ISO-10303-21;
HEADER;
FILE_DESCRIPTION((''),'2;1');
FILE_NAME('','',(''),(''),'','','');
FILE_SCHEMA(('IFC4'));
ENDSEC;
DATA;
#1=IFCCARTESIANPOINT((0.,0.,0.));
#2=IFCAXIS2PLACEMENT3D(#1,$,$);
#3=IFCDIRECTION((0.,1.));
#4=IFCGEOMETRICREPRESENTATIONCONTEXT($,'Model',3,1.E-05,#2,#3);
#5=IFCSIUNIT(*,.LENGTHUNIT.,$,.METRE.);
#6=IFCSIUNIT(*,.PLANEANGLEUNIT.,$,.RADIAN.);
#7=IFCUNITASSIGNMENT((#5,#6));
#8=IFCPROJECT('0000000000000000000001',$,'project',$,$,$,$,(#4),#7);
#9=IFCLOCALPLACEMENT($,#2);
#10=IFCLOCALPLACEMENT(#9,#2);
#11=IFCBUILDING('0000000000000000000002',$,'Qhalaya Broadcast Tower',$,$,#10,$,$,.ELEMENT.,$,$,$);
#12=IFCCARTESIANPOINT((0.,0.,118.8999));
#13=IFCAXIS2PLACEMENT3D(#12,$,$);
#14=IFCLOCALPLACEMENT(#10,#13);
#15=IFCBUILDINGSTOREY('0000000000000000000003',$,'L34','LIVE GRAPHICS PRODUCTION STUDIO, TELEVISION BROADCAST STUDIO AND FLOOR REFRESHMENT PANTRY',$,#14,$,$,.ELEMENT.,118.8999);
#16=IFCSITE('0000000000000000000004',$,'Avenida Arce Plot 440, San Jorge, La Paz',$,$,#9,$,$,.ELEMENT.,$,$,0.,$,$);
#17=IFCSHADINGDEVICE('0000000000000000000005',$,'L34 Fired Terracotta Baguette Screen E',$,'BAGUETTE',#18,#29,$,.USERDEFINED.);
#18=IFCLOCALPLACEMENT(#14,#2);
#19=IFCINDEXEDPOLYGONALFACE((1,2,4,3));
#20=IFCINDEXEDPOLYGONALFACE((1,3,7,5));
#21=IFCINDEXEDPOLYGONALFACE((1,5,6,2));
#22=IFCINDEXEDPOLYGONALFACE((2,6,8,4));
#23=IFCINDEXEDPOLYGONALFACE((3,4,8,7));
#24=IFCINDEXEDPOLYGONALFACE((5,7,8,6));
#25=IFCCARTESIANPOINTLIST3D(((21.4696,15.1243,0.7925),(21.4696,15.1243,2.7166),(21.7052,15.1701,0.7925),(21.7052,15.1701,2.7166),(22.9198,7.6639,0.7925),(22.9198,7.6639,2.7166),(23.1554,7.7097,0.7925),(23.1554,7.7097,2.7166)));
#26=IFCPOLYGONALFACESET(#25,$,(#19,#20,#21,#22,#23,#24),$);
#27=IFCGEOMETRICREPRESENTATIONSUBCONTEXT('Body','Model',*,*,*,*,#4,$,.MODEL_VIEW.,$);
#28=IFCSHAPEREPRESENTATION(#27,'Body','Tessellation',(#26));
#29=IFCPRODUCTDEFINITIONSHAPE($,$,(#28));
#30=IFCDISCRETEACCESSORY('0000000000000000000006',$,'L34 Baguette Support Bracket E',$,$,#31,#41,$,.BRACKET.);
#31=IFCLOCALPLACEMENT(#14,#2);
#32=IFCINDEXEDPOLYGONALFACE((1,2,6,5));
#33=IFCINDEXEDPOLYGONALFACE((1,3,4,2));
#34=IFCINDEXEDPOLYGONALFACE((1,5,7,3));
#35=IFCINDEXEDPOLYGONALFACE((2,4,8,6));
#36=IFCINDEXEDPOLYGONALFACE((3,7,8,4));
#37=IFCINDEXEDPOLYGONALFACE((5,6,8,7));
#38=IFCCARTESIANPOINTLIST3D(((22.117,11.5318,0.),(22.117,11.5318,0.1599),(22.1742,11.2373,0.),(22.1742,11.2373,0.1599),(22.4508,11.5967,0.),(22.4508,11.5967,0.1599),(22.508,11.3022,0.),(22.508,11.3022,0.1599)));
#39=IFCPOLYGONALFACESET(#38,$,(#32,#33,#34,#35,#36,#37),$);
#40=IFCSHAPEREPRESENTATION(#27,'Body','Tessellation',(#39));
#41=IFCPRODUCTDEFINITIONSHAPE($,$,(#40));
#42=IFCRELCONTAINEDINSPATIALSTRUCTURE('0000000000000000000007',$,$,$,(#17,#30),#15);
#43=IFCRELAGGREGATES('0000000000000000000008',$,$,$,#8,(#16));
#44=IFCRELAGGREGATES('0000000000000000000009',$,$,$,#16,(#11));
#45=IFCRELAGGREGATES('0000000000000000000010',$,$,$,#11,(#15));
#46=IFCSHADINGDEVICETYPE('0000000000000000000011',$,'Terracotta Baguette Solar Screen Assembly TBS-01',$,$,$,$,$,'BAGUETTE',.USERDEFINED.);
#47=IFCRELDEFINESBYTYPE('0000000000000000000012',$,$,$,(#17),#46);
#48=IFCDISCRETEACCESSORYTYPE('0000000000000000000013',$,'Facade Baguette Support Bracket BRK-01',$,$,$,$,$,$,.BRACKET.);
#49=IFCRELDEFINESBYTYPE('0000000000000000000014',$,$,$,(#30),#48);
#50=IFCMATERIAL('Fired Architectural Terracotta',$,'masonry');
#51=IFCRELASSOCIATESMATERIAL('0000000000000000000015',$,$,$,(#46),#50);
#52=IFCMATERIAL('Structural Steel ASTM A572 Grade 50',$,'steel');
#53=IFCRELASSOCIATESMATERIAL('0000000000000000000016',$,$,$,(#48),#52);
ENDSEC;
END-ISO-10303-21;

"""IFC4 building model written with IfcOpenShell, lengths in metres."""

from ifc_helpers import new_model, si_unit, direction, frame, origin, origin_2d, place, context, subcontext, project, spatial, rectangle, extrude, material, type_object, element, save


model = new_model("IFC4")

# Units and contexts
model_context = context("Model", 3, precision=1e-05, world=origin(), true_north=direction((0.0, 1.0)))
body_context = subcontext(model_context, "Body", "Model", "MODEL_VIEW")
ifc_project = project(units=[si_unit("LENGTHUNIT", "METRE"), si_unit("PLANEANGLEUNIT", "RADIAN")], contexts=[model_context])

# Site, building, storey
site_placement = place(None, origin())
site = spatial("IfcSite", under=ifc_project, at=site_placement, Name="Avenida Arce Plot 440, San Jorge, La Paz", CompositionType="ELEMENT", RefElevation=0.0)
building_placement = place(site_placement, origin())
building = spatial("IfcBuilding", under=site, at=building_placement, Name="Qhalaya Broadcast Tower", CompositionType="ELEMENT")
storey_placement = place(building_placement, frame((0.0, 0.0, 118.8999)))
storey = spatial("IfcBuildingStorey", under=building, at=storey_placement, Name="L34", Description="LIVE GRAPHICS PRODUCTION STUDIO, TELEVISION BROADCAST STUDIO AND FLOOR REFRESHMENT PANTRY", CompositionType="ELEMENT", Elevation=118.8999)

# Shared definitions
ifc_material_1 = material(Name="Structural Steel ASTM A572 Grade 50", Category="steel")

# Shading device
ifc_material_2 = material(Name="Fired Architectural Terracotta", Category="masonry")
shading_device_type = type_object("IfcShadingDeviceType", Name="Terracotta Baguette Solar Screen Assembly TBS-01", ElementType="BAGUETTE", PredefinedType="USERDEFINED", material=ifc_material_2)
shading_device_placement = place(storey_placement, frame((22.3125, 11.417, 0.7925), z_axis=(0.0, 0.0, 1.0), x_axis=(-0.190809, 0.981627, 0.0)))
element("IfcShadingDevice", 1, at=shading_device_placement, inside=storey, type_object=shading_device_type, Name="L34 Fired Terracotta Baguette Screen E", ObjectType="BAGUETTE", PredefinedType="USERDEFINED", context=body_context, shape_type="SweptSolid", body=[
    extrude(rectangle(XDim=7.6001, YDim=0.24, at=origin_2d()), origin(), (0.0, 0.0, 1.0), 1.9241),
])

# Discrete accessory
discrete_accessory_type = type_object("IfcDiscreteAccessoryType", Name="Facade Baguette Support Bracket BRK-01", PredefinedType="BRACKET", material=ifc_material_1)
discrete_accessory_placement = place(storey_placement, frame((22.3125, 11.417, 0.0), z_axis=(0.0, 0.0, 1.0), x_axis=(-0.190809, 0.981627, 0.0)))
element("IfcDiscreteAccessory", 2, at=discrete_accessory_placement, inside=storey, type_object=discrete_accessory_type, Name="L34 Baguette Support Bracket E", PredefinedType="BRACKET", context=body_context, shape_type="SweptSolid", body=[
    extrude(rectangle(XDim=0.3, YDim=0.3401, at=origin_2d()), origin(), (0.0, 0.0, 1.0), 0.1599),
])

save(model, "model.ifc")
